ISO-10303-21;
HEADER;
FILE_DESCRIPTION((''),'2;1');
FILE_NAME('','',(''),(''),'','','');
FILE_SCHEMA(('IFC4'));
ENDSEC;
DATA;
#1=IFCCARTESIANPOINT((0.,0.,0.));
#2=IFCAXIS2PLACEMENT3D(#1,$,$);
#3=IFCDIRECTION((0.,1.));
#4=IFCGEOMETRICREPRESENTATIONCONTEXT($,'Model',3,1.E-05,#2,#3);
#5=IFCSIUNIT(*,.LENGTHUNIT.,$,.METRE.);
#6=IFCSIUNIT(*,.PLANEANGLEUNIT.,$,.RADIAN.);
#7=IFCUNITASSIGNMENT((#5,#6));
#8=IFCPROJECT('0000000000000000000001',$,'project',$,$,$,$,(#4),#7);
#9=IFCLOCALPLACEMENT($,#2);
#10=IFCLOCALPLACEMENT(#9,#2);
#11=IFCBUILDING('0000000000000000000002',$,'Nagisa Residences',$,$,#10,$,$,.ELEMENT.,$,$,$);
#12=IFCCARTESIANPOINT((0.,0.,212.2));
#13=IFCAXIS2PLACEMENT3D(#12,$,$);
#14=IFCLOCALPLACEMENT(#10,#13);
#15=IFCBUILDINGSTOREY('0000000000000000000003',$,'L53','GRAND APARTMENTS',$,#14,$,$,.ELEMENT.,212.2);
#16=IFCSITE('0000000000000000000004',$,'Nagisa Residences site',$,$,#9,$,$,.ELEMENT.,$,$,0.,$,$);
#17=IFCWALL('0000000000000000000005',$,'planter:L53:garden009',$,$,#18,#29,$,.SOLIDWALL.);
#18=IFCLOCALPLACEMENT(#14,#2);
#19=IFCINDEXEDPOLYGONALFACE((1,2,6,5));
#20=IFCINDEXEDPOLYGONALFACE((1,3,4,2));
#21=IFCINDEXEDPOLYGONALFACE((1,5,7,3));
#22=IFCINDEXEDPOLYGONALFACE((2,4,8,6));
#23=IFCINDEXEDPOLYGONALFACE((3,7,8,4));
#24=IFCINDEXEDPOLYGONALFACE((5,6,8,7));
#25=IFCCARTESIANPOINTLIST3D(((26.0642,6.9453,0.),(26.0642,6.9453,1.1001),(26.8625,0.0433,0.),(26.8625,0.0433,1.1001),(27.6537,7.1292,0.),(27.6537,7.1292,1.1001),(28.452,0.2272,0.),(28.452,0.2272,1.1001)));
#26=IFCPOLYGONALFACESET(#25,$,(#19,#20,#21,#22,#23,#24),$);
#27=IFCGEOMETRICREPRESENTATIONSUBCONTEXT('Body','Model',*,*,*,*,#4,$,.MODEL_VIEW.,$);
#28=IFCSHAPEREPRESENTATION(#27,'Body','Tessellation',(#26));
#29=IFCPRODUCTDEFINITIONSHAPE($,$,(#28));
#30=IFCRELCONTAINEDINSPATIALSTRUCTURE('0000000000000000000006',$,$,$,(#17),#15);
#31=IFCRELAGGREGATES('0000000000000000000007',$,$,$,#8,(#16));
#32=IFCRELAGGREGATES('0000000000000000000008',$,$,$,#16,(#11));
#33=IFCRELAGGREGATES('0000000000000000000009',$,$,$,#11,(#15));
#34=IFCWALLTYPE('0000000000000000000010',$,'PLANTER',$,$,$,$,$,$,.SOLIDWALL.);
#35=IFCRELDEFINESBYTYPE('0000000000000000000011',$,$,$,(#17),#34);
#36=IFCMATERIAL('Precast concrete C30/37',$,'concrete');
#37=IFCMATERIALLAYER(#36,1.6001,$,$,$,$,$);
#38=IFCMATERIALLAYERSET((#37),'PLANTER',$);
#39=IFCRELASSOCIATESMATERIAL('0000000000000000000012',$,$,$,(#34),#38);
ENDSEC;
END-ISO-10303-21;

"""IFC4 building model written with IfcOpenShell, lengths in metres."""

from ifc_helpers import new_model, si_unit, direction, frame, frame_2d, origin, place, context, subcontext, project, spatial, rectangle, extrude, material, layer, layer_set, type_object, element, save


model = new_model("IFC4")

# Units and contexts
model_context = context("Model", 3, precision=1e-05, world=origin(), true_north=direction((0.0, 1.0)))
body_context = subcontext(model_context, "Body", "Model", "MODEL_VIEW")
ifc_project = project(units=[si_unit("LENGTHUNIT", "METRE"), si_unit("PLANEANGLEUNIT", "RADIAN")], contexts=[model_context])

# Site, building, storey
site_placement = place(None, origin())
site = spatial("IfcSite", under=ifc_project, at=site_placement, Name="Nagisa Residences site", CompositionType="ELEMENT", RefElevation=0.0)
building_placement = place(site_placement, origin())
building = spatial("IfcBuilding", under=site, at=building_placement, Name="Nagisa Residences", CompositionType="ELEMENT")
storey_placement = place(building_placement, frame((0.0, 0.0, 212.2)))
storey = spatial("IfcBuildingStorey", under=building, at=storey_placement, Name="L53", Description="GRAND APARTMENTS", CompositionType="ELEMENT", Elevation=212.2)

# Wall
ifc_material_1 = material(Name="Precast concrete C30/37", Category="concrete")
ifc_layer_1 = layer(ifc_material_1, 1.6001)
ifc_layer_set_1 = layer_set([ifc_layer_1], Name="PLANTER")
wall_type_1 = type_object("IfcWallType", Name="PLANTER", PredefinedType="SOLIDWALL", material=ifc_layer_set_1)
wall_1_placement = place(storey_placement, frame((26.8589, 7.0374, 0.0), z_axis=(0.0, 0.0, 1.0), x_axis=(0.1149, -0.993377, 0.0)))
element("IfcWall", 1, at=wall_1_placement, inside=storey, type_object=wall_type_1, Name="planter:L53:garden009", PredefinedType="SOLIDWALL", context=body_context, shape_type="SweptSolid", body=[
    extrude(rectangle(XDim=6.948, YDim=1.6001, at=frame_2d((3.4741, 0.0))), origin(), (0.0, 0.0, 1.0), 1.1001),
])

save(model, "model.ifc")
